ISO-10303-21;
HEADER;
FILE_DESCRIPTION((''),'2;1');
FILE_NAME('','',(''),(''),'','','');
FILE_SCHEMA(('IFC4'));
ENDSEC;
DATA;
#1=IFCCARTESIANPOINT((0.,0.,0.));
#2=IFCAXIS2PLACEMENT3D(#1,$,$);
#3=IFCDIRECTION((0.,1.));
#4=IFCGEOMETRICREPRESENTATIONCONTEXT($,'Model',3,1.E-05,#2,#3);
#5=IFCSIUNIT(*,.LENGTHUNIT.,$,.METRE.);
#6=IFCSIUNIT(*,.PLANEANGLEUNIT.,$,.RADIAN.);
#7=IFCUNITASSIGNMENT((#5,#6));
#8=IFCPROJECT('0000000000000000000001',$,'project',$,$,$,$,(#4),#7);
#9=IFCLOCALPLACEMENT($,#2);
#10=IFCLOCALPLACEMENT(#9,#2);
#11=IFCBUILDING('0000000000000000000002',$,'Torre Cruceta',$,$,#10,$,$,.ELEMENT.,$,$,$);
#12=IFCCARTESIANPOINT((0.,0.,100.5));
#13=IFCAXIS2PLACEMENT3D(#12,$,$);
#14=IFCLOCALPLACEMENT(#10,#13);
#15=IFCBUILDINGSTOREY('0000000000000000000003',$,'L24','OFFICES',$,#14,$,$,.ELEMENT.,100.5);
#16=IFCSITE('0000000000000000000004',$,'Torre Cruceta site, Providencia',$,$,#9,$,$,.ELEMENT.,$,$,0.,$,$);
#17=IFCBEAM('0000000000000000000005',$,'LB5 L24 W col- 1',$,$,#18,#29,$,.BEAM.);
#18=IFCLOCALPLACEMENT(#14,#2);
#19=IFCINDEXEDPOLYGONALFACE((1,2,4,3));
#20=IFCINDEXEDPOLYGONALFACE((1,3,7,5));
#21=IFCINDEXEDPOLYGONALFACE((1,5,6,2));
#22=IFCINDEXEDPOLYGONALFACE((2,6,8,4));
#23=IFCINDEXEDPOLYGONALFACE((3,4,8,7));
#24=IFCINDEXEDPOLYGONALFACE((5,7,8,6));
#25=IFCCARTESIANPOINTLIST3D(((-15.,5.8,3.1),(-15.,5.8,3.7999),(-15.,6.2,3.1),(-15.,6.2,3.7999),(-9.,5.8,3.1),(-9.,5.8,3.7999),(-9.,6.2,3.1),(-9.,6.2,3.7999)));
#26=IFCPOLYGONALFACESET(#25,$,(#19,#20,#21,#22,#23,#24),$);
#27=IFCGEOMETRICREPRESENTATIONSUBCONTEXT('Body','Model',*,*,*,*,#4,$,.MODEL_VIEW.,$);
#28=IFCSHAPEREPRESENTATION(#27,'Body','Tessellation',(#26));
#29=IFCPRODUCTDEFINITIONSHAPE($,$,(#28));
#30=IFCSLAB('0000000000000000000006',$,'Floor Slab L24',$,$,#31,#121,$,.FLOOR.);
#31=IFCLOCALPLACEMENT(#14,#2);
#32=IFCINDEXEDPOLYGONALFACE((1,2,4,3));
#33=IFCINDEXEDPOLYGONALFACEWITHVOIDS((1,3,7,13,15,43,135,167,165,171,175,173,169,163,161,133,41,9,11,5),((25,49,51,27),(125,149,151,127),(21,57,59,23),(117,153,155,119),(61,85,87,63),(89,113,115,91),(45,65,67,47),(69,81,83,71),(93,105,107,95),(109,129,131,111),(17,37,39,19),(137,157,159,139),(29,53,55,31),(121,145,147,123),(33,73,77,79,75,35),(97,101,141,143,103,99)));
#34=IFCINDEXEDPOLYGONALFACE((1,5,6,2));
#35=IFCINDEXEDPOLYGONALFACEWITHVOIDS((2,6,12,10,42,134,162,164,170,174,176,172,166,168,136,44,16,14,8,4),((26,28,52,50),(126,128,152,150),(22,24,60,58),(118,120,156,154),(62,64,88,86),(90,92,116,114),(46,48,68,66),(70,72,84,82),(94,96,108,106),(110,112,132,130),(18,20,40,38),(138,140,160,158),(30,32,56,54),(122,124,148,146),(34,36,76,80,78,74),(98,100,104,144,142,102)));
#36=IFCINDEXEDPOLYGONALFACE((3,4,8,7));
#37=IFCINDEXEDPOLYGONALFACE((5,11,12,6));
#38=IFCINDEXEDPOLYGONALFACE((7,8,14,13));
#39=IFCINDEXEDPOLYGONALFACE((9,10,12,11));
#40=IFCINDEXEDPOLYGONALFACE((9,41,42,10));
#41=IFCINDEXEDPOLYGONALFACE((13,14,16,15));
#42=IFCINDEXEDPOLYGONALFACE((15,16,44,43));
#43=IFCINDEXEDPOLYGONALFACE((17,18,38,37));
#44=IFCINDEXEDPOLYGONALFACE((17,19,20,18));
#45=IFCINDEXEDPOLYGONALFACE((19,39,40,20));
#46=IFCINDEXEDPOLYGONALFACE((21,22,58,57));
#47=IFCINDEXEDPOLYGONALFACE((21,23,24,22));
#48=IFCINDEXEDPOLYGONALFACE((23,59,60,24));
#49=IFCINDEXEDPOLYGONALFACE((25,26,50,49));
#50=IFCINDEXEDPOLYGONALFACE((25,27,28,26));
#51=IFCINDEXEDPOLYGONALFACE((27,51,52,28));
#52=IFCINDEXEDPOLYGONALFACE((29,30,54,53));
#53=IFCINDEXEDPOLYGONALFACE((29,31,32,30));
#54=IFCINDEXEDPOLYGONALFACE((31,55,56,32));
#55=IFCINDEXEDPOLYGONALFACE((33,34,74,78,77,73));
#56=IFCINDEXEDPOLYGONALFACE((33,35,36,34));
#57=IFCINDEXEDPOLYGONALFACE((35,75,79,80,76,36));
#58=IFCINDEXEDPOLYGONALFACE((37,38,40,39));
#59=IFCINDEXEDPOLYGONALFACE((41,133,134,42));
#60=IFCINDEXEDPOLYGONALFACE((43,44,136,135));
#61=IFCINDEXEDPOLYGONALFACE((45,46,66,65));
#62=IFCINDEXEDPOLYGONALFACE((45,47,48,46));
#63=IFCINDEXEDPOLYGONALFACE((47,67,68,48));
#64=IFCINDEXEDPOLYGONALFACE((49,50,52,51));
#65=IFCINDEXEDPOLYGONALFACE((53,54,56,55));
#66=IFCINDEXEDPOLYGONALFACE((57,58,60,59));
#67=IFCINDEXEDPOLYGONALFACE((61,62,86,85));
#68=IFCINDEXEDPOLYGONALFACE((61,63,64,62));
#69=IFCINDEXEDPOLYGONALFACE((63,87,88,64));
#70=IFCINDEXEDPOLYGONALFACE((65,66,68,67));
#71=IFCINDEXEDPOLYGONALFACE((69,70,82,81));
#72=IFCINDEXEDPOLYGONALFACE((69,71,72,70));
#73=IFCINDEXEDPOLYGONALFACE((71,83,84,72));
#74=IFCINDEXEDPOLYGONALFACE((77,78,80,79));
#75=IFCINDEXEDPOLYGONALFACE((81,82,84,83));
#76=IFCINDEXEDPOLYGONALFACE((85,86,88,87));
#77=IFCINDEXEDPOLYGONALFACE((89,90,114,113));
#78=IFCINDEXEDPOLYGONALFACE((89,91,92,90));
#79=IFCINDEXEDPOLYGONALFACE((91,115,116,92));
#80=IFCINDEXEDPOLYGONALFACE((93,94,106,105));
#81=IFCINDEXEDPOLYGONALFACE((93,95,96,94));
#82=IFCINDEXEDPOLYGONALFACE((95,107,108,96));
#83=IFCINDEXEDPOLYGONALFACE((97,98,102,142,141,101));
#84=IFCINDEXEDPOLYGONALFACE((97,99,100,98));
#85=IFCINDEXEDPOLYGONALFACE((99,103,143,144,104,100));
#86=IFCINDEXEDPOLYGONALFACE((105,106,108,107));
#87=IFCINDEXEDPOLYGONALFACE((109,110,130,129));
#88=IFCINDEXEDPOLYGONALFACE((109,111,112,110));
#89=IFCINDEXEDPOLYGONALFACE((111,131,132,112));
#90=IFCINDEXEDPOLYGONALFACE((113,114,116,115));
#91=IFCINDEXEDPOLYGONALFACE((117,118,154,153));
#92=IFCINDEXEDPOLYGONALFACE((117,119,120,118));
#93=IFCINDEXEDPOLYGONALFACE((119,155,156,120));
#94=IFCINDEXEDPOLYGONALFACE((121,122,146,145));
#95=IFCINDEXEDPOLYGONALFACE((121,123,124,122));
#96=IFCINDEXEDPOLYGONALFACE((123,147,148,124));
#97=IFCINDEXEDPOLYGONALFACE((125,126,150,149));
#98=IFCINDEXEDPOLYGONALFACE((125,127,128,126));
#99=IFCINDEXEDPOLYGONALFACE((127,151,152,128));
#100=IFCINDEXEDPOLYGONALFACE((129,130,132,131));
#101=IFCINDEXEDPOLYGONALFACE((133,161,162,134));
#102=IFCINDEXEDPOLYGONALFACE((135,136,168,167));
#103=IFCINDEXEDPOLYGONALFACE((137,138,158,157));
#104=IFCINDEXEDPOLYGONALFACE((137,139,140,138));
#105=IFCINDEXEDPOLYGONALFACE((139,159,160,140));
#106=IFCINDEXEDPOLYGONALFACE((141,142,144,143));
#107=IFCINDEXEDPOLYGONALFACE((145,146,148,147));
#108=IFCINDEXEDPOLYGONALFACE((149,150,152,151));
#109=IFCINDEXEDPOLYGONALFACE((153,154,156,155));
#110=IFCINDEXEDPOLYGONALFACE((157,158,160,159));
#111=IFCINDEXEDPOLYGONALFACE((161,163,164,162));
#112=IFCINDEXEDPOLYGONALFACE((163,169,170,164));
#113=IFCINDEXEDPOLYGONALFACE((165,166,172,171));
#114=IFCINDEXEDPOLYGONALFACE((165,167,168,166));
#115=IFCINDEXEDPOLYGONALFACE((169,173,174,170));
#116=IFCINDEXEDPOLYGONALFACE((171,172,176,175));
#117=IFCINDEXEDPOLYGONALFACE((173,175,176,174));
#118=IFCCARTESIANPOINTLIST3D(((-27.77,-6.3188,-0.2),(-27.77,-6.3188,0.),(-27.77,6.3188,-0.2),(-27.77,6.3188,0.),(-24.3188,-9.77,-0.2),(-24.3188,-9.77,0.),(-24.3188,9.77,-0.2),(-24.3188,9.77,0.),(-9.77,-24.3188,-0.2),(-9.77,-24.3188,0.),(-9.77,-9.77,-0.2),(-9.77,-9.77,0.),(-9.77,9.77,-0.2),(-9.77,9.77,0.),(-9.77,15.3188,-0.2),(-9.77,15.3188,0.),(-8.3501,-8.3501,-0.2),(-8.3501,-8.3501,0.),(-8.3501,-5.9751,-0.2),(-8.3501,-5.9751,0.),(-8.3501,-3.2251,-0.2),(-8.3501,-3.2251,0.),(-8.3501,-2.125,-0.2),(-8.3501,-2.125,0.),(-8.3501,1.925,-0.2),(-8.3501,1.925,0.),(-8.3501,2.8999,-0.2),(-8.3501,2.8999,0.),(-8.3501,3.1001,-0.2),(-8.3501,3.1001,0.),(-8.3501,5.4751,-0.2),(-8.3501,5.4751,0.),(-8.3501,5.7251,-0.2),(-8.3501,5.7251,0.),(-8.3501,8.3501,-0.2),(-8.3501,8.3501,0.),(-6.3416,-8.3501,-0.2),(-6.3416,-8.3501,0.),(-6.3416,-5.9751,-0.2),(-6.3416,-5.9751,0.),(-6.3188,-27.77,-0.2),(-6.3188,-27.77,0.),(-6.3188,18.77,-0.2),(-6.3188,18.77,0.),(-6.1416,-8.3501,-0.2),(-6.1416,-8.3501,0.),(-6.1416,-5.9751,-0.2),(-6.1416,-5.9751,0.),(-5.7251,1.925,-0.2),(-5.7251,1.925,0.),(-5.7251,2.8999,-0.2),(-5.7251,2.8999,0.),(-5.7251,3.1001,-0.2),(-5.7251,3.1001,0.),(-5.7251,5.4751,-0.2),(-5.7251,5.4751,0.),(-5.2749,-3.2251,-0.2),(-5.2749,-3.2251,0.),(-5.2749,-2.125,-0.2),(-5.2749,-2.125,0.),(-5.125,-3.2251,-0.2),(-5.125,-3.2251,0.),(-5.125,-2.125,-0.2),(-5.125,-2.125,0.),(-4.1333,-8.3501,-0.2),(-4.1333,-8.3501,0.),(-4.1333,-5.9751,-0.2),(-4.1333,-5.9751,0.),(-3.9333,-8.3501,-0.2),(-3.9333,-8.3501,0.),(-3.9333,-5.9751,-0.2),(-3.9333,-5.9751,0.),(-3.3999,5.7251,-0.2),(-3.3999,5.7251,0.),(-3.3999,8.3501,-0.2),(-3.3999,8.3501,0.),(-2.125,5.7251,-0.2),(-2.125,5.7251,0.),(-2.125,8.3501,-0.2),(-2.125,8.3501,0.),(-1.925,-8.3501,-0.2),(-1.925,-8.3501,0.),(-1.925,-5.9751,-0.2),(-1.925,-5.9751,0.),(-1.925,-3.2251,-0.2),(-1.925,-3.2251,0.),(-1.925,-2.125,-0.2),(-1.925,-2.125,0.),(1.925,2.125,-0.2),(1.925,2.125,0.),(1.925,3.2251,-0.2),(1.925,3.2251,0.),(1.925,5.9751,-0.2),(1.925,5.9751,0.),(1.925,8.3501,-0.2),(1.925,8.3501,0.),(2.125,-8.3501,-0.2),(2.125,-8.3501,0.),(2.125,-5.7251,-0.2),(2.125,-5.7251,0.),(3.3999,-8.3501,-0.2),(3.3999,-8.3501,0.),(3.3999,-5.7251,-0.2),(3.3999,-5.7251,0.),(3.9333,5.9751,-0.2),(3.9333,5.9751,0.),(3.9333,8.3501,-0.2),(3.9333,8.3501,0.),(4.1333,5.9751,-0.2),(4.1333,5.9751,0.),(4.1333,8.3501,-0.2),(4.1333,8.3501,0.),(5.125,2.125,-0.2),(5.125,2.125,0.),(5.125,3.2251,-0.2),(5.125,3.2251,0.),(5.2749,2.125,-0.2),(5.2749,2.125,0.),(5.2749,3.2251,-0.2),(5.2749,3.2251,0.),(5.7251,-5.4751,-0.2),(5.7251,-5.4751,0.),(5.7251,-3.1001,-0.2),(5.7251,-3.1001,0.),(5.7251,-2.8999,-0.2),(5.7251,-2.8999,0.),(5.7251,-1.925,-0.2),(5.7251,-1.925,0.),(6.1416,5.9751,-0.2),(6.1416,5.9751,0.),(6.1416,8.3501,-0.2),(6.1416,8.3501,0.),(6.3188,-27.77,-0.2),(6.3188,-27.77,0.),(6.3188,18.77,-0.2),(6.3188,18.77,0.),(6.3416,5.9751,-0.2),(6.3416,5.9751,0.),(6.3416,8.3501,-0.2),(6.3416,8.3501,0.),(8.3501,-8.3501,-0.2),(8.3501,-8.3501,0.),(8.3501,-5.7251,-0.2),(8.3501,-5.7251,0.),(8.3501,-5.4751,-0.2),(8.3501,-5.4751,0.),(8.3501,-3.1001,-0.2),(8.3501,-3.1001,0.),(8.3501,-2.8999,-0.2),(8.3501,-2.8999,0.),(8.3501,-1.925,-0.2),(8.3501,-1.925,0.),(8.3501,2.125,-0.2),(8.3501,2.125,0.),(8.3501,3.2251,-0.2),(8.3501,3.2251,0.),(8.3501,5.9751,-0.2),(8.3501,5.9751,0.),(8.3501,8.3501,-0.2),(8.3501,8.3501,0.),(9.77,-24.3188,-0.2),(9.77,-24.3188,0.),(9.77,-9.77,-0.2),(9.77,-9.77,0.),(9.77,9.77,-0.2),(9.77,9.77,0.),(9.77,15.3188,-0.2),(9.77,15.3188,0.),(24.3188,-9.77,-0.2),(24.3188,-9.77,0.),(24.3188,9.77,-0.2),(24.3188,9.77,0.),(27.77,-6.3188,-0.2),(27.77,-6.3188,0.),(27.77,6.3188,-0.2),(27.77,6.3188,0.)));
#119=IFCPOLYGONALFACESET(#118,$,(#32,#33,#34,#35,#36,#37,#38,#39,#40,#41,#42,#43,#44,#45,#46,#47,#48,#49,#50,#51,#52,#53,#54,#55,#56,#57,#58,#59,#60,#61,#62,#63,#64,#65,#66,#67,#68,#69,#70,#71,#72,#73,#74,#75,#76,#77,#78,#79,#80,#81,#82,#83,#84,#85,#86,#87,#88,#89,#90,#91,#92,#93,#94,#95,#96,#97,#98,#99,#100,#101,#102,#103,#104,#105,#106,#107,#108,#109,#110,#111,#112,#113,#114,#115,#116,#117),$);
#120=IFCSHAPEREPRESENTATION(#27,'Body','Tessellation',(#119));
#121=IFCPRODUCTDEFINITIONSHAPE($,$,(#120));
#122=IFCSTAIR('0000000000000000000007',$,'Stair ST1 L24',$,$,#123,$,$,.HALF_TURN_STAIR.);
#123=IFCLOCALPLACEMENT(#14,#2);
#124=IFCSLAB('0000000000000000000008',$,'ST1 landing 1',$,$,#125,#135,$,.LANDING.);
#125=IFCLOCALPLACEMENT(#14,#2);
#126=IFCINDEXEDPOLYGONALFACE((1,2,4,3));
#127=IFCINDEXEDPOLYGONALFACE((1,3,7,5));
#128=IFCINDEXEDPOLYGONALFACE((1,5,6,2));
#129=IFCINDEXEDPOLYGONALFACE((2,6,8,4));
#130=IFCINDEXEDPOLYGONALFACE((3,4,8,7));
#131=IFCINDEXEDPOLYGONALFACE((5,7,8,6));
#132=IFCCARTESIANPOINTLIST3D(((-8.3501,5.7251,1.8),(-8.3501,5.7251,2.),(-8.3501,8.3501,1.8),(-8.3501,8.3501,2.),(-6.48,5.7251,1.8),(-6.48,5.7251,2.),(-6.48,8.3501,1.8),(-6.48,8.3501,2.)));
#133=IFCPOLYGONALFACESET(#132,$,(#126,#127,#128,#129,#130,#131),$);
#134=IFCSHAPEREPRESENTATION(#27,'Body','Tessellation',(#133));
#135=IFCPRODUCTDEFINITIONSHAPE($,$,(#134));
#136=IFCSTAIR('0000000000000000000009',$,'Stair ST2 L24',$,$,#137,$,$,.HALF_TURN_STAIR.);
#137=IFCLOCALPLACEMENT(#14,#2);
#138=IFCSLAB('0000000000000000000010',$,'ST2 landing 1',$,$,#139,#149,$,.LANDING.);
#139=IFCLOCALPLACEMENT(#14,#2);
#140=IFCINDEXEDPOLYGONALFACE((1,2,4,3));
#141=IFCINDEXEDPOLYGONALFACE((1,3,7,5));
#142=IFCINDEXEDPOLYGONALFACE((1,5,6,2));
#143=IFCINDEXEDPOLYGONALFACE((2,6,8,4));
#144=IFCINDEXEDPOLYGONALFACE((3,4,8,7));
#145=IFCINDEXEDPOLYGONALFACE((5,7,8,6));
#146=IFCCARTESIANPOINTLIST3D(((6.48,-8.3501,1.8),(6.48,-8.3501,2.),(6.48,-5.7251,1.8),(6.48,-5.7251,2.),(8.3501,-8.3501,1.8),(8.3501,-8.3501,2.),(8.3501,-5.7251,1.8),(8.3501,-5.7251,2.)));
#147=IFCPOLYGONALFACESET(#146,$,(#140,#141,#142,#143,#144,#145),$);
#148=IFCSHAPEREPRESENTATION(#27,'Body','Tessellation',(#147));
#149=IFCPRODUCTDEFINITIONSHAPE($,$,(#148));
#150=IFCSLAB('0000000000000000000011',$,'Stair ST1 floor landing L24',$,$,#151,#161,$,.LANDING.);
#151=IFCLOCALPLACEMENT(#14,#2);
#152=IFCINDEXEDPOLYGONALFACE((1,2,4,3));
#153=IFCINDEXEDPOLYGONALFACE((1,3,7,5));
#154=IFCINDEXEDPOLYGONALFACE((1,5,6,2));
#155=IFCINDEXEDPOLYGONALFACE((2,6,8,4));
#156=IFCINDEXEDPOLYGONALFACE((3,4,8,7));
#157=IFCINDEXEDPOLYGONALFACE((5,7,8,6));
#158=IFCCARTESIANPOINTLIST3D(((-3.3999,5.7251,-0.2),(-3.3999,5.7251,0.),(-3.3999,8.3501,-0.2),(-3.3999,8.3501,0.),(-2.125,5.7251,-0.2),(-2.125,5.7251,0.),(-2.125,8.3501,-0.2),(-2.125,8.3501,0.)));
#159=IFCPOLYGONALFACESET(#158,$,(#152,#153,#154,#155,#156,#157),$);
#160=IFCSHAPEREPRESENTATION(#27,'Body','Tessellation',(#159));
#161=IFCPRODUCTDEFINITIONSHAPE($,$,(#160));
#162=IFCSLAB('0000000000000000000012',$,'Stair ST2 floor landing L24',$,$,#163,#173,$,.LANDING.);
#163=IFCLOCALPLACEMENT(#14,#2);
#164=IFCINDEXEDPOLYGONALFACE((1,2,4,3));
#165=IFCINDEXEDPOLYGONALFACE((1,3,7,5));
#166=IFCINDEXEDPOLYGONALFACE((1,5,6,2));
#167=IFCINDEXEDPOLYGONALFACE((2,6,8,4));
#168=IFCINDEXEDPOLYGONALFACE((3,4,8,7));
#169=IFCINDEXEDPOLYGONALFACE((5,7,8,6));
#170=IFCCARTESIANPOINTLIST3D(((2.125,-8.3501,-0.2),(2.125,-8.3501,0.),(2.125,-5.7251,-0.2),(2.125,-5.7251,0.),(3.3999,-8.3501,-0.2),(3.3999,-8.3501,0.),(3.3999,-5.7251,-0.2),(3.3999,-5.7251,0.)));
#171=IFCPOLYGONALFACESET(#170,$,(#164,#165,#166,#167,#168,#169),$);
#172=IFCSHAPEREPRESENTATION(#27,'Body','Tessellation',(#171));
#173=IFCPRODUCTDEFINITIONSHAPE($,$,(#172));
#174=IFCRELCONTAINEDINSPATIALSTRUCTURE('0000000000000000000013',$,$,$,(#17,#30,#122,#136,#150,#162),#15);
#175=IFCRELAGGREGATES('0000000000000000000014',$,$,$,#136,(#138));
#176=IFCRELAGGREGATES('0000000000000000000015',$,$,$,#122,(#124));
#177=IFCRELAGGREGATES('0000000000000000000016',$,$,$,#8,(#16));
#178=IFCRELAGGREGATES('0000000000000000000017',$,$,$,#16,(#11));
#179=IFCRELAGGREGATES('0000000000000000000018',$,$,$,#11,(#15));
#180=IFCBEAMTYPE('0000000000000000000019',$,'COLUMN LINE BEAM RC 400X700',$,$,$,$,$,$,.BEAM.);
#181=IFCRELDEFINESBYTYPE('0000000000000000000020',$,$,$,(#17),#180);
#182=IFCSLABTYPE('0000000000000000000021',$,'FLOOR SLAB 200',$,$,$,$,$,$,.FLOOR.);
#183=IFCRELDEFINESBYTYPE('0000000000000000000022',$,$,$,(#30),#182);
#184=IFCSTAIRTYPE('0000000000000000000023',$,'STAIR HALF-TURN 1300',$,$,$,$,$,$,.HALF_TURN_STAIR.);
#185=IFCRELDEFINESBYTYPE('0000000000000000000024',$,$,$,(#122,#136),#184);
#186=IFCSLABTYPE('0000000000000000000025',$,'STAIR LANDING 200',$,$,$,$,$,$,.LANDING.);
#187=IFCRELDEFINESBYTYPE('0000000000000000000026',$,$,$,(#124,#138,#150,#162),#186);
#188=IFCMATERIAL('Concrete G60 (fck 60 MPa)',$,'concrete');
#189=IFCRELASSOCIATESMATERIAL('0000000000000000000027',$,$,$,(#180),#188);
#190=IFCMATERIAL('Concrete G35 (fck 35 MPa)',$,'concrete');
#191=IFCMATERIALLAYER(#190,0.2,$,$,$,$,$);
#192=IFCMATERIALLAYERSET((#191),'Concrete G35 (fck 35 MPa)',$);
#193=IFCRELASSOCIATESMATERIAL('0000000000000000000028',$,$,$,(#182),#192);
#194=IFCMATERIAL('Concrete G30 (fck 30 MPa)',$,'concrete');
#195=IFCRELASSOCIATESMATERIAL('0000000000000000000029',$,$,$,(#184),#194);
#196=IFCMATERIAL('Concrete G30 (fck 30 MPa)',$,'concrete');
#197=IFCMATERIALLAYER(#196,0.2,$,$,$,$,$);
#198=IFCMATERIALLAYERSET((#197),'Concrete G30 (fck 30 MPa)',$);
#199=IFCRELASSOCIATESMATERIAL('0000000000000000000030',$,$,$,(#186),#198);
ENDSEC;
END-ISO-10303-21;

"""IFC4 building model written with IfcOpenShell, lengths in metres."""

from ifc_helpers import new_model, si_unit, direction, frame, origin, origin_2d, place, context, subcontext, project, spatial, polyline, rectangle, outline, extrude, material, layer, layer_set, material_profile, profile_set, type_object, element, aggregate, save


model = new_model("IFC4")

# Units and contexts
model_context = context("Model", 3, precision=1e-05, world=origin(), true_north=direction((0.0, 1.0)))
body_context = subcontext(model_context, "Body", "Model", "MODEL_VIEW")
ifc_project = project(units=[si_unit("LENGTHUNIT", "METRE"), si_unit("PLANEANGLEUNIT", "RADIAN")], contexts=[model_context])

# Site, building, storey
site_placement = place(None, origin())
site = spatial("IfcSite", under=ifc_project, at=site_placement, Name="Torre Cruceta site, Providencia", CompositionType="ELEMENT", RefElevation=0.0)
building_placement = place(site_placement, origin())
building = spatial("IfcBuilding", under=site, at=building_placement, Name="Torre Cruceta", CompositionType="ELEMENT")
storey_placement = place(building_placement, frame((0.0, 0.0, 100.5)))
storey = spatial("IfcBuildingStorey", under=building, at=storey_placement, Name="L24", Description="OFFICES", CompositionType="ELEMENT", Elevation=100.5)

# Beam
ifc_material_1 = material(Name="Concrete G60 (fck 60 MPa)", Category="concrete")
ifc_material_profile = material_profile(ifc_material_1, rectangle(XDim=0.3999, YDim=0.7, at=origin_2d()), Name="RC 400X700")
ifc_profile_set = profile_set([ifc_material_profile], Name="Concrete G60 (fck 60 MPa)")
beam_type = type_object("IfcBeamType", Name="COLUMN LINE BEAM RC 400X700", PredefinedType="BEAM", material=ifc_profile_set)
beam_placement = place(storey_placement, frame((-9.0, 6.0, 3.45), z_axis=(-1.0, 0.0, 0.0), x_axis=(0.0, -1.0, 0.0)))
element("IfcBeam", 1, at=beam_placement, inside=storey, type_object=beam_type, Name="LB5 L24 W col- 1", PredefinedType="BEAM", context=body_context, shape_type="SweptSolid", body=[
    extrude(rectangle(XDim=0.3999, YDim=0.7, at=origin_2d()), origin(), (0.0, 0.0, 1.0), 6.0),
])

# Slab
ifc_material_2 = material(Name="Concrete G35 (fck 35 MPa)", Category="concrete")
ifc_layer_1 = layer(ifc_material_2, 0.2)
ifc_layer_set_1 = layer_set([ifc_layer_1], Name="Concrete G35 (fck 35 MPa)")
slab_type_1 = type_object("IfcSlabType", Name="FLOOR SLAB 200", PredefinedType="FLOOR", material=ifc_layer_set_1)
slab_1_placement = place(storey_placement, frame((0.0, 0.0, -0.2)))
element("IfcSlab", 2, at=slab_1_placement, inside=storey, type_object=slab_type_1, Name="Floor Slab L24", PredefinedType="FLOOR", context=body_context, shape_type="SweptSolid", body=[
    extrude(outline(polyline([(9.77, -9.77), (9.77, -24.3188), (6.3188, -27.77), (-6.3188, -27.77), (-9.77, -24.3188), (-9.77, -9.77), (-24.3188, -9.77), (-27.77, -6.3188), (-27.77, 6.3188), (-24.3188, 9.77), (-9.77, 9.77), (-9.77, 15.3188), (-6.3188, 18.77), (6.3188, 18.77), (9.77, 15.3188), (9.77, 9.77), (24.3188, 9.77), (27.77, 6.3188), (27.77, -6.3188), (24.3188, -9.77), (9.77, -9.77)]), holes=[polyline([(1.925, 5.9751), (3.9333, 5.9751), (3.9333, 8.3501), (1.925, 8.3501), (1.925, 5.9751)]), polyline([(4.1333, 5.9751), (6.1416, 5.9751), (6.1416, 8.3501), (4.1333, 8.3501), (4.1333, 5.9751)]), polyline([(6.3416, 5.9751), (8.3501, 5.9751), (8.3501, 8.3501), (6.3416, 8.3501), (6.3416, 5.9751)]), polyline([(1.925, 2.125), (5.125, 2.125), (5.125, 3.2251), (1.925, 3.2251), (1.925, 2.125)]), polyline([(5.2749, 2.125), (8.3501, 2.125), (8.3501, 3.2251), (5.2749, 3.2251), (5.2749, 2.125)]), polyline([(-8.3501, 3.1001), (-5.7251, 3.1001), (-5.7251, 5.4751), (-8.3501, 5.4751), (-8.3501, 3.1001)]), polyline([(-8.3501, 1.925), (-5.7251, 1.925), (-5.7251, 2.8999), (-8.3501, 2.8999), (-8.3501, 1.925)]), polyline([(-3.9333, -8.3501), (-1.925, -8.3501), (-1.925, -5.9751), (-3.9333, -5.9751), (-3.9333, -8.3501)]), polyline([(-6.1416, -8.3501), (-4.1333, -8.3501), (-4.1333, -5.9751), (-6.1416, -5.9751), (-6.1416, -8.3501)]), polyline([(-8.3501, -8.3501), (-6.3416, -8.3501), (-6.3416, -5.9751), (-8.3501, -5.9751), (-8.3501, -8.3501)]), polyline([(-5.125, -3.2251), (-1.925, -3.2251), (-1.925, -2.125), (-5.125, -2.125), (-5.125, -3.2251)]), polyline([(-8.3501, -3.2251), (-5.2749, -3.2251), (-5.2749, -2.125), (-8.3501, -2.125), (-8.3501, -3.2251)]), polyline([(5.7251, -5.4751), (8.3501, -5.4751), (8.3501, -3.1001), (5.7251, -3.1001), (5.7251, -5.4751)]), polyline([(5.7251, -2.8999), (8.3501, -2.8999), (8.3501, -1.925), (5.7251, -1.925), (5.7251, -2.8999)]), polyline([(-8.3501, 5.7251), (-8.3501, 8.3501), (-3.3999, 8.3501), (-2.125, 8.3501), (-2.125, 5.7251), (-3.3999, 5.7251), (-8.3501, 5.7251)]), polyline([(2.125, -5.7251), (3.3999, -5.7251), (8.3501, -5.7251), (8.3501, -8.3501), (3.3999, -8.3501), (2.125, -8.3501), (2.125, -5.7251)])]), origin(), (0.0, 0.0, 1.0), 0.2),
])

# Stairs, slabs
ifc_material_3 = material(Name="Concrete G30 (fck 30 MPa)", Category="concrete")
stair_type = type_object("IfcStairType", Name="STAIR HALF-TURN 1300", PredefinedType="HALF_TURN_STAIR", material=ifc_material_3)
stair_1_placement = place(storey_placement, origin())
stair_1 = element("IfcStair", 3, at=stair_1_placement, inside=storey, type_object=stair_type, Name="Stair ST1 L24", PredefinedType="HALF_TURN_STAIR")
ifc_material_4 = material(Name="Concrete G30 (fck 30 MPa)", Category="concrete")
ifc_layer_2 = layer(ifc_material_4, 0.2)
ifc_layer_set_2 = layer_set([ifc_layer_2], Name="Concrete G30 (fck 30 MPa)")
slab_type_2 = type_object("IfcSlabType", Name="STAIR LANDING 200", PredefinedType="LANDING", material=ifc_layer_set_2)
slab_2_placement = place(storey_placement, frame((0.0, 0.0, 1.8)))
slab_2 = element("IfcSlab", 4, at=slab_2_placement, type_object=slab_type_2, Name="ST1 landing 1", PredefinedType="LANDING", context=body_context, shape_type="SweptSolid", body=[
    extrude(outline(polyline([(-8.3501, 5.7251), (-6.48, 5.7251), (-6.48, 8.3501), (-8.3501, 8.3501), (-8.3501, 5.7251)])), origin(), (0.0, 0.0, 1.0), 0.2),
])
stair_2_placement = place(storey_placement, origin())
stair_2 = element("IfcStair", 5, at=stair_2_placement, inside=storey, type_object=stair_type, Name="Stair ST2 L24", PredefinedType="HALF_TURN_STAIR")
slab_3_placement = place(storey_placement, frame((0.0, 0.0, 1.8)))
slab_3 = element("IfcSlab", 6, at=slab_3_placement, type_object=slab_type_2, Name="ST2 landing 1", PredefinedType="LANDING", context=body_context, shape_type="SweptSolid", body=[
    extrude(outline(polyline([(6.48, -8.3501), (8.3501, -8.3501), (8.3501, -5.7251), (6.48, -5.7251), (6.48, -8.3501)])), origin(), (0.0, 0.0, 1.0), 0.2),
])
aggregate(stair_2, [slab_3])

# Slabs
slab_4_placement = place(storey_placement, frame((0.0, 0.0, -0.2)))
element("IfcSlab", 7, at=slab_4_placement, inside=storey, type_object=slab_type_2, Name="Stair ST1 floor landing L24", PredefinedType="LANDING", context=body_context, shape_type="SweptSolid", body=[
    extrude(outline(polyline([(-2.125, 8.3501), (-2.125, 5.7251), (-3.3999, 5.7251), (-3.3999, 8.3501), (-2.125, 8.3501)])), origin(), (0.0, 0.0, 1.0), 0.2),
])
slab_5_placement = place(storey_placement, frame((0.0, 0.0, -0.2)))
element("IfcSlab", 8, at=slab_5_placement, inside=storey, type_object=slab_type_2, Name="Stair ST2 floor landing L24", PredefinedType="LANDING", context=body_context, shape_type="SweptSolid", body=[
    extrude(outline(polyline([(2.125, -8.3501), (2.125, -5.7251), (3.3999, -5.7251), (3.3999, -8.3501), (2.125, -8.3501)])), origin(), (0.0, 0.0, 1.0), 0.2),
])

aggregate(stair_1, [slab_2])

save(model, "model.ifc")
